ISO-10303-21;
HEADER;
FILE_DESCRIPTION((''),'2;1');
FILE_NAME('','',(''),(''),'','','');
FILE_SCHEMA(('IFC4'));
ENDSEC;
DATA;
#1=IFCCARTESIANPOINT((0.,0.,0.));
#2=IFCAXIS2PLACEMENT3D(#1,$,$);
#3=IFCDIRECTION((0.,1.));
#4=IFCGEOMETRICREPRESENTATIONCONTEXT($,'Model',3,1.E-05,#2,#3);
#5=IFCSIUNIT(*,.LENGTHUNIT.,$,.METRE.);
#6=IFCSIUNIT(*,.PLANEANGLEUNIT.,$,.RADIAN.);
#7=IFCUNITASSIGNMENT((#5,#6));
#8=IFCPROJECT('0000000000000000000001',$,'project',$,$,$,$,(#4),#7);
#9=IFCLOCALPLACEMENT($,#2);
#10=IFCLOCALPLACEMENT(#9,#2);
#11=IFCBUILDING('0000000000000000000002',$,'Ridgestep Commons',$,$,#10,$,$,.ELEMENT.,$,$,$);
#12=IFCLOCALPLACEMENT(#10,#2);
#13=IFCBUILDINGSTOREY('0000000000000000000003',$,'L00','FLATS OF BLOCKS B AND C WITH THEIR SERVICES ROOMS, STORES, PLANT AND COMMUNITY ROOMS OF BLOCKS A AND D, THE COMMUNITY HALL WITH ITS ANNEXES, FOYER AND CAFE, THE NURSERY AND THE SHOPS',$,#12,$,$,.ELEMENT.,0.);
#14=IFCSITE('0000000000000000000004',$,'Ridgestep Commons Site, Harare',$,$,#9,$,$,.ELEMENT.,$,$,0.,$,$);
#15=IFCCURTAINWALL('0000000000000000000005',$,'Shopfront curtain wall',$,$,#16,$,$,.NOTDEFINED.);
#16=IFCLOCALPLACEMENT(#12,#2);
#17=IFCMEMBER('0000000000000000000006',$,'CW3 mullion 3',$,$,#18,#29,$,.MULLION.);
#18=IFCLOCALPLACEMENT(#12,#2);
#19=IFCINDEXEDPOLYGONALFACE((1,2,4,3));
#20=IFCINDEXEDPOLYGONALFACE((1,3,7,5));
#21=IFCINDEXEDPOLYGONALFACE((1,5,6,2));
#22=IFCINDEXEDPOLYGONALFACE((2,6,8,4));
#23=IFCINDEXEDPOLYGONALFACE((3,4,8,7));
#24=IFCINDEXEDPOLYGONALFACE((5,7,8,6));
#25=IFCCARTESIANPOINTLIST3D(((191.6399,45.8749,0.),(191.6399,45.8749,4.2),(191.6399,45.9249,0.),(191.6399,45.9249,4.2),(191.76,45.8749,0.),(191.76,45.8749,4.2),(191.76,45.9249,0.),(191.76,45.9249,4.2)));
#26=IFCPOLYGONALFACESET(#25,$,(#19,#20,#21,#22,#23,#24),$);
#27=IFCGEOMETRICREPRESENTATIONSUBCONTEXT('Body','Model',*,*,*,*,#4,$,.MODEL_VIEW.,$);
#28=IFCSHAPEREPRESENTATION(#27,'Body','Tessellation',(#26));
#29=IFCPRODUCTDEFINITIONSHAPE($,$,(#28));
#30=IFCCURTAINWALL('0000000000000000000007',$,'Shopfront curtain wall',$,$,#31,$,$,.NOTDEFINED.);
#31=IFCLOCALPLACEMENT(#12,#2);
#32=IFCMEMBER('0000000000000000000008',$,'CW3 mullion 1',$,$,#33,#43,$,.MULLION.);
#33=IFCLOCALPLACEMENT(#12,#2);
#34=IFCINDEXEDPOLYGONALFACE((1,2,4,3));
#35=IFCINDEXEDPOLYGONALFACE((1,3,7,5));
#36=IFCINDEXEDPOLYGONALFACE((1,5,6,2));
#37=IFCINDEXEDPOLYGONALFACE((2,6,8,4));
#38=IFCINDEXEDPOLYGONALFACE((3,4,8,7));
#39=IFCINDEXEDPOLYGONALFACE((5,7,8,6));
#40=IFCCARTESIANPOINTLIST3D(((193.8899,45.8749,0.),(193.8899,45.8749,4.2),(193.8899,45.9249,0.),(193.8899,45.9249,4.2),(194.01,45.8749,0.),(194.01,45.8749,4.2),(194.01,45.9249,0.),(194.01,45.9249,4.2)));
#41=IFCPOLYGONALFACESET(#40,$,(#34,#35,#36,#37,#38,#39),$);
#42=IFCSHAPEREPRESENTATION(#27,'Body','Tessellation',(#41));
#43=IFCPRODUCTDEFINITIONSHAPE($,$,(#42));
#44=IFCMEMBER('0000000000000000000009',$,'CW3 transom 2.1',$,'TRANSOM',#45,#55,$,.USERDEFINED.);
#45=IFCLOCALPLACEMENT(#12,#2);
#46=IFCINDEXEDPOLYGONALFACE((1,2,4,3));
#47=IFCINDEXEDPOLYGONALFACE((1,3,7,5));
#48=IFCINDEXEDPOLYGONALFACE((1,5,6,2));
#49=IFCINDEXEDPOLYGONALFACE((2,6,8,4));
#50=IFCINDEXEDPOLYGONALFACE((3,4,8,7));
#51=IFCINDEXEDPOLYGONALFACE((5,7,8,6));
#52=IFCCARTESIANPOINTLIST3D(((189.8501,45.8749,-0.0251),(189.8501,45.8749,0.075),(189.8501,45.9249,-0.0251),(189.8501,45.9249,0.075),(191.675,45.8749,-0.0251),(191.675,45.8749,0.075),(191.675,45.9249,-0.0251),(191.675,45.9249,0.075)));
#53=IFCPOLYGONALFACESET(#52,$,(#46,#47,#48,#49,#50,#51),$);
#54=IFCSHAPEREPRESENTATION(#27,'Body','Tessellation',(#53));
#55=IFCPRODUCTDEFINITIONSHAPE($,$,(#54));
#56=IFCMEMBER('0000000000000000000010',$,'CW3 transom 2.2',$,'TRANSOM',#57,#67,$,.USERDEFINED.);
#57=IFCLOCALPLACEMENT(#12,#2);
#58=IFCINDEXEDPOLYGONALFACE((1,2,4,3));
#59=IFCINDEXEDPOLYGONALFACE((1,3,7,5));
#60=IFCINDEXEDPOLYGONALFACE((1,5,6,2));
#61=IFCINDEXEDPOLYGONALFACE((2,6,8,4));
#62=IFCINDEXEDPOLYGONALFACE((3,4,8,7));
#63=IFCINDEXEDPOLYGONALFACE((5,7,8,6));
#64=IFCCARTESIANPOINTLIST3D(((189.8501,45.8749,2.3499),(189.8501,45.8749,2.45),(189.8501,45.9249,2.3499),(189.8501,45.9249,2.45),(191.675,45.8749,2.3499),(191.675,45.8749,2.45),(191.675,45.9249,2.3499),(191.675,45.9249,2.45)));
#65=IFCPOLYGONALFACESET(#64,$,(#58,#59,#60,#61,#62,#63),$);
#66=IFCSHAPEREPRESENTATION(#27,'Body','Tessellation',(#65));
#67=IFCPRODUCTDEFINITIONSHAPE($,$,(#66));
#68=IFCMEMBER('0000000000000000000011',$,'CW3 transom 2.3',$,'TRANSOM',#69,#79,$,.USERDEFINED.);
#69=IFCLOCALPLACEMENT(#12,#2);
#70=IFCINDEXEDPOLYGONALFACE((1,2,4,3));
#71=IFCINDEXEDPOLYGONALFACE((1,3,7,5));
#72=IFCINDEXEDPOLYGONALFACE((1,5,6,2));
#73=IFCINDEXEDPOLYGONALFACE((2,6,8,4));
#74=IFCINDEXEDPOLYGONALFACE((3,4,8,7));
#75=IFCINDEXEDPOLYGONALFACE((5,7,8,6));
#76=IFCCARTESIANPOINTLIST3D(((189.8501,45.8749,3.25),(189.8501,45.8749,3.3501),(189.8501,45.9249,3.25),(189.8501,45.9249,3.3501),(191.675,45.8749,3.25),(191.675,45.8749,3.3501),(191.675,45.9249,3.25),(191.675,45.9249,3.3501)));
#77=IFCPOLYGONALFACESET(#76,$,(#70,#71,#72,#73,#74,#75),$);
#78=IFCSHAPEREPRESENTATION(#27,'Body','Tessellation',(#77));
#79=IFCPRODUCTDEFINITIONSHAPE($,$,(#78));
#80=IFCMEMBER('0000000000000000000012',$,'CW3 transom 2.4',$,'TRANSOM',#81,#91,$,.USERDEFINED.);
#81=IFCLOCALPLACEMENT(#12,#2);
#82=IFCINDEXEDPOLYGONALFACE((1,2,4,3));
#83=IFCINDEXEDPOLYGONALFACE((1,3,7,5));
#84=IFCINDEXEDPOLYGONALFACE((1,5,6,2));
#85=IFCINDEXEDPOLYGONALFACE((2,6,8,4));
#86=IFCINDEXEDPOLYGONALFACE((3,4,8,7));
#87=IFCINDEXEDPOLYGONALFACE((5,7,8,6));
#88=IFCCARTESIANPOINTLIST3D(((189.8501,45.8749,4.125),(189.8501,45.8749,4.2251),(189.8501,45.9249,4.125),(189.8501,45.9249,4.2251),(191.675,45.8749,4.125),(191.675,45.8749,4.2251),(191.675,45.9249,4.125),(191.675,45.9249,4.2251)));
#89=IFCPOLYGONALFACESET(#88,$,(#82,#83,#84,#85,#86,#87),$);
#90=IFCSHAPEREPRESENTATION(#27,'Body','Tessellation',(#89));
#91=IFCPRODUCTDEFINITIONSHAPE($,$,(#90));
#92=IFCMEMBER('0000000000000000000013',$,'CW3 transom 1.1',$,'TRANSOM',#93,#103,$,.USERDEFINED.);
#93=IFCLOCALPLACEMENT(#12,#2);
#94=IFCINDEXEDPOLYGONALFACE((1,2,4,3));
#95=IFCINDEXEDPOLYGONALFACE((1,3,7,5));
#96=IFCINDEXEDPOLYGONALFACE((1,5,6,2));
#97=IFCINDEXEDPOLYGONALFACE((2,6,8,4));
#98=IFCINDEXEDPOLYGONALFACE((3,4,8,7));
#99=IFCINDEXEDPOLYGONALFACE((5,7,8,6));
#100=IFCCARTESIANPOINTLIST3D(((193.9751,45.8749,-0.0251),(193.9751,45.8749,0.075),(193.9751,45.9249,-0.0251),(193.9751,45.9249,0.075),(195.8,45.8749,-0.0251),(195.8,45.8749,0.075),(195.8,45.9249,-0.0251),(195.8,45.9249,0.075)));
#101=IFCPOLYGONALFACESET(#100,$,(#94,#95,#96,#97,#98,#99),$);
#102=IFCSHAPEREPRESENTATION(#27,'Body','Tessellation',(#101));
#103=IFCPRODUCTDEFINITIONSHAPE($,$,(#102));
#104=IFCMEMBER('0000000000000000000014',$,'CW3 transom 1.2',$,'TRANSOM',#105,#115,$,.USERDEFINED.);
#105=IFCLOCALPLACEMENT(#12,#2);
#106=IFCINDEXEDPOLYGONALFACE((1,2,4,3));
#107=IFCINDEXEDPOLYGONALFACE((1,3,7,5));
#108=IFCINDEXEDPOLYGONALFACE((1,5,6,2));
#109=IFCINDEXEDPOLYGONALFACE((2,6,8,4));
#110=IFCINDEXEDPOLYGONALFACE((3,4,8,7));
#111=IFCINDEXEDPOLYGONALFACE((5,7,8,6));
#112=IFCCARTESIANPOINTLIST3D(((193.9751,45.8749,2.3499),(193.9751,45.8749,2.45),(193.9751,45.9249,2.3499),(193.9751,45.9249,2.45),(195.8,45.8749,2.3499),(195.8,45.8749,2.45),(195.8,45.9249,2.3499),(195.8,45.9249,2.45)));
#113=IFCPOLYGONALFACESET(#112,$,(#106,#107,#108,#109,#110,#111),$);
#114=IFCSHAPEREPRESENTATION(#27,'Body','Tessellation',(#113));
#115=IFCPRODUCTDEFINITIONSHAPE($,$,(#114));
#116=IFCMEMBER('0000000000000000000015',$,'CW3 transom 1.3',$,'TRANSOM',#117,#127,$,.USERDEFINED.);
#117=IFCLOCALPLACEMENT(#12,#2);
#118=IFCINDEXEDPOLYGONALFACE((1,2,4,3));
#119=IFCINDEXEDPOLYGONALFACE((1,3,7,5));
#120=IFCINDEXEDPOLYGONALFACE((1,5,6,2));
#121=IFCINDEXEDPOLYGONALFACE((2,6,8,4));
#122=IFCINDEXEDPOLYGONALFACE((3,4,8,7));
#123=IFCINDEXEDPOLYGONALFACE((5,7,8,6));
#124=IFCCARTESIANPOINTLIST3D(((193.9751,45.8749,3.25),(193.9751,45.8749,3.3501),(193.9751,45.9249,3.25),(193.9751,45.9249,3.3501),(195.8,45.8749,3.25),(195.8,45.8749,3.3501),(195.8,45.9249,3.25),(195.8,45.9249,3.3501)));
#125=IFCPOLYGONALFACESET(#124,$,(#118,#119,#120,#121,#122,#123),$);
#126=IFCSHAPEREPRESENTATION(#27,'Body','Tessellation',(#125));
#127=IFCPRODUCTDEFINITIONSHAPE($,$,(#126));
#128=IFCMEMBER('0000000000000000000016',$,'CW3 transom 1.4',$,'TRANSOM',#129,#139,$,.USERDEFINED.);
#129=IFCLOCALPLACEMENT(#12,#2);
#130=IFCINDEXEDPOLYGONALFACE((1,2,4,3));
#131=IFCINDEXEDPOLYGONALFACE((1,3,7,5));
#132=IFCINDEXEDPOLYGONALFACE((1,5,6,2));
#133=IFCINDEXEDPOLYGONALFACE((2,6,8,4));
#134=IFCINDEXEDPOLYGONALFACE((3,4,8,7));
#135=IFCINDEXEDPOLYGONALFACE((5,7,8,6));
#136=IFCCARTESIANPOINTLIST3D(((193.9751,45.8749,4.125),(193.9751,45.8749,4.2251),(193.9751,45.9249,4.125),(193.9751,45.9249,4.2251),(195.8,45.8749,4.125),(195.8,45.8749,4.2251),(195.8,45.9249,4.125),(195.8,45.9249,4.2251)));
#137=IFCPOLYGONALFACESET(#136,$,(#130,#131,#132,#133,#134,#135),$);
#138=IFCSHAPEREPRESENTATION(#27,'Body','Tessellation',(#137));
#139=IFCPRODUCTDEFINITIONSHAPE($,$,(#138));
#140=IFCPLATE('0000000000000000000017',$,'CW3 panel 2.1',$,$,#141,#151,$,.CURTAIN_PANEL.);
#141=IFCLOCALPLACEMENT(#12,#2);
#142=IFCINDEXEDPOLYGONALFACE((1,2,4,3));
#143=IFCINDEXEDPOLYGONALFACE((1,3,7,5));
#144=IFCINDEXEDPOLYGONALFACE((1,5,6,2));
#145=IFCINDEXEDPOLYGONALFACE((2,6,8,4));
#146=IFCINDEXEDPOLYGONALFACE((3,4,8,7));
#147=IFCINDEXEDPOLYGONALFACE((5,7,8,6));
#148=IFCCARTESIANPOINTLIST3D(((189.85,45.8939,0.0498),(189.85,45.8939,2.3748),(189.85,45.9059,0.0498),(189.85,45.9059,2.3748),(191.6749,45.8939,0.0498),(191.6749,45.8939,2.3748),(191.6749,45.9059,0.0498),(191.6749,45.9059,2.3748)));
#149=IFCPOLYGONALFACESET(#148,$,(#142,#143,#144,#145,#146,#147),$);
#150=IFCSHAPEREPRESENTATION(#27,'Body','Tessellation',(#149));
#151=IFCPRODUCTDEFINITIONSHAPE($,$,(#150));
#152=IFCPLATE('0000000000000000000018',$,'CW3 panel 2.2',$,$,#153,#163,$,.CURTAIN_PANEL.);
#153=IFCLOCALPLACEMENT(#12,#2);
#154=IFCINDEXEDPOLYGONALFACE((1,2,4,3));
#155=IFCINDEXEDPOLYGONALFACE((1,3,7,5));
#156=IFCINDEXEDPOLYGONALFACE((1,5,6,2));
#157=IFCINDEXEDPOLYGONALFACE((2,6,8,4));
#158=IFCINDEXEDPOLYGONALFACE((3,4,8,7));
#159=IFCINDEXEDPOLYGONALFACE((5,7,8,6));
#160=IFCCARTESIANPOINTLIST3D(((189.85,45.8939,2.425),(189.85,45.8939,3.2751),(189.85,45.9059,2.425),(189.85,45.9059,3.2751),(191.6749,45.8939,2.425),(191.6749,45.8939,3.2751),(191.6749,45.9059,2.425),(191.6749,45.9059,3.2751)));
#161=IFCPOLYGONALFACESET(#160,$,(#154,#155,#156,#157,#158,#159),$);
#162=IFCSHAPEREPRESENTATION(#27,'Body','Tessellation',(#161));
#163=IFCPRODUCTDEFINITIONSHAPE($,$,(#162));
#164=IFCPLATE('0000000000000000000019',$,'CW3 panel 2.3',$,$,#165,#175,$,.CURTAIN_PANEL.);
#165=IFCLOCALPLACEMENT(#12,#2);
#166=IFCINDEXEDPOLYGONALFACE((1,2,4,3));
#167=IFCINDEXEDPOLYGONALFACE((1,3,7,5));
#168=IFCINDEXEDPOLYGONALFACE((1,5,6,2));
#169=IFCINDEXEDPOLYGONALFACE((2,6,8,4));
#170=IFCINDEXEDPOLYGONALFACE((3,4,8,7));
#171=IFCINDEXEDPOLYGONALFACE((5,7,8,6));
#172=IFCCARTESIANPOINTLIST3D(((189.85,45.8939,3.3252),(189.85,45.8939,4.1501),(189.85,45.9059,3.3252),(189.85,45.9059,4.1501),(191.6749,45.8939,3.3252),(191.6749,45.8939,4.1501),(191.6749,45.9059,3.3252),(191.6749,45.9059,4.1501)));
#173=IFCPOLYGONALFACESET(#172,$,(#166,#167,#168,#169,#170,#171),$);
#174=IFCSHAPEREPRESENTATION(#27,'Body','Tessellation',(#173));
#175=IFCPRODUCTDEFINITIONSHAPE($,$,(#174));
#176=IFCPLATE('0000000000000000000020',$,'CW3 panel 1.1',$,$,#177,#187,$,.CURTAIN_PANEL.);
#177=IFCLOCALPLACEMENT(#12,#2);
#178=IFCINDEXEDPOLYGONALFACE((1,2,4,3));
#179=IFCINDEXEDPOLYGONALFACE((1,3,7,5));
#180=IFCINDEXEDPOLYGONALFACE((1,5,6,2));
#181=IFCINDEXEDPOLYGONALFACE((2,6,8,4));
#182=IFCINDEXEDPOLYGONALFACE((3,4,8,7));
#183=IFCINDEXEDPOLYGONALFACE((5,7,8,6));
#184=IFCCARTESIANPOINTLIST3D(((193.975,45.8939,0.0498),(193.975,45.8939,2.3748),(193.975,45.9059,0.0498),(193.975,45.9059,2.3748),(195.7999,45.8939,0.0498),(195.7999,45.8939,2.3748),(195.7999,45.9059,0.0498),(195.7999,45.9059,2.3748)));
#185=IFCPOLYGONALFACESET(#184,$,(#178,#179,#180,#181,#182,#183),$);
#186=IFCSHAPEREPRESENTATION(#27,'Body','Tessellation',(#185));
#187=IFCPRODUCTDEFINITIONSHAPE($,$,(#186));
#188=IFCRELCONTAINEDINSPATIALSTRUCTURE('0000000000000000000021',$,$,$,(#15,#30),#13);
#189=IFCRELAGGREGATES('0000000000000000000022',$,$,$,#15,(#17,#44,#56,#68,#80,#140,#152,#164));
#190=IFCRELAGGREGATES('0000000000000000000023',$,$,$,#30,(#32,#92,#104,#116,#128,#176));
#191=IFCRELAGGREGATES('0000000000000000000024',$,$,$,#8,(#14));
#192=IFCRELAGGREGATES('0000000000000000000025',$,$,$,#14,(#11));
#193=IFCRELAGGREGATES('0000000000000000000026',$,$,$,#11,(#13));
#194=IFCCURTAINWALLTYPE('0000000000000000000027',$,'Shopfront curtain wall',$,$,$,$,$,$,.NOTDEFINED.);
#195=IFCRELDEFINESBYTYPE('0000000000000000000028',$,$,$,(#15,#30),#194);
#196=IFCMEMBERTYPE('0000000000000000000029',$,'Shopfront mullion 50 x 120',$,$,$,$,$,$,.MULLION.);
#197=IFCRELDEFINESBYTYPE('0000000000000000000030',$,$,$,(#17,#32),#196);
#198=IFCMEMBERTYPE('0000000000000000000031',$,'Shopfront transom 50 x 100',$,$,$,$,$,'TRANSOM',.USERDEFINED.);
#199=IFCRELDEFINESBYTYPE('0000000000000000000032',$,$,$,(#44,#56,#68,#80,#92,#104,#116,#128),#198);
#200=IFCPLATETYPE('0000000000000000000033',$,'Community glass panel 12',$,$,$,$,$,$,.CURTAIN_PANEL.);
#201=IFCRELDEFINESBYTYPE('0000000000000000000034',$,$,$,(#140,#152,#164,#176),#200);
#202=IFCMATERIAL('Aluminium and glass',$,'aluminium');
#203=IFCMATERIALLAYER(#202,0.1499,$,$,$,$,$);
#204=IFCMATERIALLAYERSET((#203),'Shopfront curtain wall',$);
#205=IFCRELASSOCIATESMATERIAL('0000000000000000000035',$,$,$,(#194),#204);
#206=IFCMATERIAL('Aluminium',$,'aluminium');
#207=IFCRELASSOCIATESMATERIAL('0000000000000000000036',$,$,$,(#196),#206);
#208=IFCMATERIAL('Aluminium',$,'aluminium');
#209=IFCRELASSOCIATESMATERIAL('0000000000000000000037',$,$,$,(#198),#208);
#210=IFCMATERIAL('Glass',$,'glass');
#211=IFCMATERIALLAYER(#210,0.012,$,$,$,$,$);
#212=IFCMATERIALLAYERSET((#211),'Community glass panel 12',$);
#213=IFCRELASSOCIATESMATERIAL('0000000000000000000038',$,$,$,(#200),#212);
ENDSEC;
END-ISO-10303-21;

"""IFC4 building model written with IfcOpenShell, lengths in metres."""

from ifc_helpers import new_model, si_unit, direction, frame, origin, origin_2d, place, context, subcontext, project, spatial, rectangle, extrude, material, layer, layer_set, material_profile, profile_set, type_object, element, aggregate, save


model = new_model("IFC4")

# Units and contexts
model_context = context("Model", 3, precision=1e-05, world=origin(), true_north=direction((0.0, 1.0)))
body_context = subcontext(model_context, "Body", "Model", "MODEL_VIEW")
ifc_project = project(units=[si_unit("LENGTHUNIT", "METRE"), si_unit("PLANEANGLEUNIT", "RADIAN")], contexts=[model_context])

# Site, building, storey
site_placement = place(None, origin())
site = spatial("IfcSite", under=ifc_project, at=site_placement, Name="Ridgestep Commons Site, Harare", CompositionType="ELEMENT", RefElevation=0.0)
building_placement = place(site_placement, origin())
building = spatial("IfcBuilding", under=site, at=building_placement, Name="Ridgestep Commons", CompositionType="ELEMENT")
storey_placement = place(building_placement, origin())
storey = spatial("IfcBuildingStorey", under=building, at=storey_placement, Name="L00", Description="FLATS OF BLOCKS B AND C WITH THEIR SERVICES ROOMS, STORES, PLANT AND COMMUNITY ROOMS OF BLOCKS A AND D, THE COMMUNITY HALL WITH ITS ANNEXES, FOYER AND CAFE, THE NURSERY AND THE SHOPS", CompositionType="ELEMENT", Elevation=0.0)

# Curtain walls, members
ifc_material_1 = material(Name="Aluminium and glass", Category="aluminium")
ifc_layer_1 = layer(ifc_material_1, 0.1499)
ifc_layer_set_1 = layer_set([ifc_layer_1], Name="Shopfront curtain wall")
curtain_wall_type = type_object("IfcCurtainWallType", Name="Shopfront curtain wall", PredefinedType="NOTDEFINED", material=ifc_layer_set_1)
curtain_wall_1_placement = place(storey_placement, origin())
curtain_wall_1 = element("IfcCurtainWall", 1, at=curtain_wall_1_placement, inside=storey, type_object=curtain_wall_type, Name="Shopfront curtain wall", PredefinedType="NOTDEFINED")
ifc_material_2 = material(Name="Aluminium", Category="aluminium")
ifc_material_profile_1 = material_profile(ifc_material_2, rectangle(XDim=0.05, YDim=0.1201, at=origin_2d()), Name="Shopfront mullion 50 x 120")
ifc_profile_set_1 = profile_set([ifc_material_profile_1], Name="Aluminium")
member_type_1 = type_object("IfcMemberType", Name="Shopfront mullion 50 x 120", PredefinedType="MULLION", material=ifc_profile_set_1)
member_1_placement = place(storey_placement, frame((191.7, 45.8999, 0.0), z_axis=(0.0, 0.0, 1.0), x_axis=(0.0, 1.0, 0.0)))
member_1 = element("IfcMember", 2, at=member_1_placement, type_object=member_type_1, Name="CW3 mullion 3", PredefinedType="MULLION", context=body_context, shape_type="SweptSolid", body=[
    extrude(rectangle(XDim=0.05, YDim=0.1201, at=origin_2d()), origin(), (0.0, 0.0, 1.0), 4.2),
])
curtain_wall_2_placement = place(storey_placement, origin())
curtain_wall_2 = element("IfcCurtainWall", 3, at=curtain_wall_2_placement, inside=storey, type_object=curtain_wall_type, Name="Shopfront curtain wall", PredefinedType="NOTDEFINED")
member_2_placement = place(storey_placement, frame((193.95, 45.8999, 0.0), z_axis=(0.0, 0.0, 1.0), x_axis=(0.0, 1.0, 0.0)))
member_2 = element("IfcMember", 4, at=member_2_placement, type_object=member_type_1, Name="CW3 mullion 1", PredefinedType="MULLION", context=body_context, shape_type="SweptSolid", body=[
    extrude(rectangle(XDim=0.05, YDim=0.1201, at=origin_2d()), origin(), (0.0, 0.0, 1.0), 4.2),
])

# Members
ifc_material_3 = material(Name="Aluminium", Category="aluminium")
ifc_material_profile_2 = material_profile(ifc_material_3, rectangle(XDim=0.05, YDim=0.1001, at=origin_2d()), Name="Shopfront transom 50 x 100")
ifc_profile_set_2 = profile_set([ifc_material_profile_2], Name="Aluminium")
member_type_2 = type_object("IfcMemberType", Name="Shopfront transom 50 x 100", ElementType="TRANSOM", PredefinedType="USERDEFINED", material=ifc_profile_set_2)
member_3_placement = place(storey_placement, frame((189.8501, 45.8999, 0.0249), z_axis=(1.0, 0.0, 0.0), x_axis=(0.0, 1.0, 0.0)))
member_3 = element("IfcMember", 5, at=member_3_placement, type_object=member_type_2, Name="CW3 transom 2.1", ObjectType="TRANSOM", PredefinedType="USERDEFINED", context=body_context, shape_type="SweptSolid", body=[
    extrude(rectangle(XDim=0.05, YDim=0.1001, at=origin_2d()), origin(), (0.0, 0.0, 1.0), 1.825),
])
member_4_placement = place(storey_placement, frame((189.8501, 45.8999, 2.3999), z_axis=(1.0, 0.0, 0.0), x_axis=(0.0, 1.0, 0.0)))
member_4 = element("IfcMember", 6, at=member_4_placement, type_object=member_type_2, Name="CW3 transom 2.2", ObjectType="TRANSOM", PredefinedType="USERDEFINED", context=body_context, shape_type="SweptSolid", body=[
    extrude(rectangle(XDim=0.05, YDim=0.1001, at=origin_2d()), origin(), (0.0, 0.0, 1.0), 1.825),
])
member_5_placement = place(storey_placement, frame((189.8501, 45.8999, 3.3), z_axis=(1.0, 0.0, 0.0), x_axis=(0.0, 1.0, 0.0)))
member_5 = element("IfcMember", 7, at=member_5_placement, type_object=member_type_2, Name="CW3 transom 2.3", ObjectType="TRANSOM", PredefinedType="USERDEFINED", context=body_context, shape_type="SweptSolid", body=[
    extrude(rectangle(XDim=0.05, YDim=0.1001, at=origin_2d()), origin(), (0.0, 0.0, 1.0), 1.825),
])
member_6_placement = place(storey_placement, frame((189.8501, 45.8999, 4.175), z_axis=(1.0, 0.0, 0.0), x_axis=(0.0, 1.0, 0.0)))
member_6 = element("IfcMember", 8, at=member_6_placement, type_object=member_type_2, Name="CW3 transom 2.4", ObjectType="TRANSOM", PredefinedType="USERDEFINED", context=body_context, shape_type="SweptSolid", body=[
    extrude(rectangle(XDim=0.05, YDim=0.1001, at=origin_2d()), origin(), (0.0, 0.0, 1.0), 1.825),
])
member_7_placement = place(storey_placement, frame((193.9751, 45.8999, 0.0249), z_axis=(1.0, 0.0, 0.0), x_axis=(0.0, 1.0, 0.0)))
member_7 = element("IfcMember", 9, at=member_7_placement, type_object=member_type_2, Name="CW3 transom 1.1", ObjectType="TRANSOM", PredefinedType="USERDEFINED", context=body_context, shape_type="SweptSolid", body=[
    extrude(rectangle(XDim=0.05, YDim=0.1001, at=origin_2d()), origin(), (0.0, 0.0, 1.0), 1.825),
])
member_8_placement = place(storey_placement, frame((193.9751, 45.8999, 2.3999), z_axis=(1.0, 0.0, 0.0), x_axis=(0.0, 1.0, 0.0)))
member_8 = element("IfcMember", 10, at=member_8_placement, type_object=member_type_2, Name="CW3 transom 1.2", ObjectType="TRANSOM", PredefinedType="USERDEFINED", context=body_context, shape_type="SweptSolid", body=[
    extrude(rectangle(XDim=0.05, YDim=0.1001, at=origin_2d()), origin(), (0.0, 0.0, 1.0), 1.825),
])
member_9_placement = place(storey_placement, frame((193.9751, 45.8999, 3.3), z_axis=(1.0, 0.0, 0.0), x_axis=(0.0, 1.0, 0.0)))
member_9 = element("IfcMember", 11, at=member_9_placement, type_object=member_type_2, Name="CW3 transom 1.3", ObjectType="TRANSOM", PredefinedType="USERDEFINED", context=body_context, shape_type="SweptSolid", body=[
    extrude(rectangle(XDim=0.05, YDim=0.1001, at=origin_2d()), origin(), (0.0, 0.0, 1.0), 1.825),
])
member_10_placement = place(storey_placement, frame((193.9751, 45.8999, 4.175), z_axis=(1.0, 0.0, 0.0), x_axis=(0.0, 1.0, 0.0)))
member_10 = element("IfcMember", 12, at=member_10_placement, type_object=member_type_2, Name="CW3 transom 1.4", ObjectType="TRANSOM", PredefinedType="USERDEFINED", context=body_context, shape_type="SweptSolid", body=[
    extrude(rectangle(XDim=0.05, YDim=0.1001, at=origin_2d()), origin(), (0.0, 0.0, 1.0), 1.825),
])

# Plates
ifc_material_4 = material(Name="Glass", Category="glass")
ifc_layer_2 = layer(ifc_material_4, 0.012)
ifc_layer_set_2 = layer_set([ifc_layer_2], Name="Community glass panel 12")
plate_type = type_object("IfcPlateType", Name="Community glass panel 12", PredefinedType="CURTAIN_PANEL", material=ifc_layer_set_2)
plate_1_placement = place(storey_placement, frame((190.7625, 45.8999, 0.0498), z_axis=(0.0, 0.0, 1.0), x_axis=(1.0, 0.0, 0.0)))
plate_1 = element("IfcPlate", 13, at=plate_1_placement, type_object=plate_type, Name="CW3 panel 2.1", PredefinedType="CURTAIN_PANEL", context=body_context, shape_type="SweptSolid", body=[
    extrude(rectangle(XDim=1.825, YDim=0.012, at=origin_2d()), origin(), (0.0, 0.0, 1.0), 2.325),
])
plate_2_placement = place(storey_placement, frame((190.7625, 45.8999, 2.425), z_axis=(0.0, 0.0, 1.0), x_axis=(1.0, 0.0, 0.0)))
plate_2 = element("IfcPlate", 14, at=plate_2_placement, type_object=plate_type, Name="CW3 panel 2.2", PredefinedType="CURTAIN_PANEL", context=body_context, shape_type="SweptSolid", body=[
    extrude(rectangle(XDim=1.825, YDim=0.012, at=origin_2d()), origin(), (0.0, 0.0, 1.0), 0.8501),
])
plate_3_placement = place(storey_placement, frame((190.7625, 45.8999, 3.3252), z_axis=(0.0, 0.0, 1.0), x_axis=(1.0, 0.0, 0.0)))
plate_3 = element("IfcPlate", 15, at=plate_3_placement, type_object=plate_type, Name="CW3 panel 2.3", PredefinedType="CURTAIN_PANEL", context=body_context, shape_type="SweptSolid", body=[
    extrude(rectangle(XDim=1.825, YDim=0.012, at=origin_2d()), origin(), (0.0, 0.0, 1.0), 0.825),
])
aggregate(curtain_wall_1, [member_1, member_3, member_4, member_5, member_6, plate_1, plate_2, plate_3])
plate_4_placement = place(storey_placement, frame((194.8875, 45.8999, 0.0498), z_axis=(0.0, 0.0, 1.0), x_axis=(1.0, 0.0, 0.0)))
plate_4 = element("IfcPlate", 16, at=plate_4_placement, type_object=plate_type, Name="CW3 panel 1.1", PredefinedType="CURTAIN_PANEL", context=body_context, shape_type="SweptSolid", body=[
    extrude(rectangle(XDim=1.825, YDim=0.012, at=origin_2d()), origin(), (0.0, 0.0, 1.0), 2.325),
])
aggregate(curtain_wall_2, [member_2, member_7, member_8, member_9, member_10, plate_4])

save(model, "model.ifc")
